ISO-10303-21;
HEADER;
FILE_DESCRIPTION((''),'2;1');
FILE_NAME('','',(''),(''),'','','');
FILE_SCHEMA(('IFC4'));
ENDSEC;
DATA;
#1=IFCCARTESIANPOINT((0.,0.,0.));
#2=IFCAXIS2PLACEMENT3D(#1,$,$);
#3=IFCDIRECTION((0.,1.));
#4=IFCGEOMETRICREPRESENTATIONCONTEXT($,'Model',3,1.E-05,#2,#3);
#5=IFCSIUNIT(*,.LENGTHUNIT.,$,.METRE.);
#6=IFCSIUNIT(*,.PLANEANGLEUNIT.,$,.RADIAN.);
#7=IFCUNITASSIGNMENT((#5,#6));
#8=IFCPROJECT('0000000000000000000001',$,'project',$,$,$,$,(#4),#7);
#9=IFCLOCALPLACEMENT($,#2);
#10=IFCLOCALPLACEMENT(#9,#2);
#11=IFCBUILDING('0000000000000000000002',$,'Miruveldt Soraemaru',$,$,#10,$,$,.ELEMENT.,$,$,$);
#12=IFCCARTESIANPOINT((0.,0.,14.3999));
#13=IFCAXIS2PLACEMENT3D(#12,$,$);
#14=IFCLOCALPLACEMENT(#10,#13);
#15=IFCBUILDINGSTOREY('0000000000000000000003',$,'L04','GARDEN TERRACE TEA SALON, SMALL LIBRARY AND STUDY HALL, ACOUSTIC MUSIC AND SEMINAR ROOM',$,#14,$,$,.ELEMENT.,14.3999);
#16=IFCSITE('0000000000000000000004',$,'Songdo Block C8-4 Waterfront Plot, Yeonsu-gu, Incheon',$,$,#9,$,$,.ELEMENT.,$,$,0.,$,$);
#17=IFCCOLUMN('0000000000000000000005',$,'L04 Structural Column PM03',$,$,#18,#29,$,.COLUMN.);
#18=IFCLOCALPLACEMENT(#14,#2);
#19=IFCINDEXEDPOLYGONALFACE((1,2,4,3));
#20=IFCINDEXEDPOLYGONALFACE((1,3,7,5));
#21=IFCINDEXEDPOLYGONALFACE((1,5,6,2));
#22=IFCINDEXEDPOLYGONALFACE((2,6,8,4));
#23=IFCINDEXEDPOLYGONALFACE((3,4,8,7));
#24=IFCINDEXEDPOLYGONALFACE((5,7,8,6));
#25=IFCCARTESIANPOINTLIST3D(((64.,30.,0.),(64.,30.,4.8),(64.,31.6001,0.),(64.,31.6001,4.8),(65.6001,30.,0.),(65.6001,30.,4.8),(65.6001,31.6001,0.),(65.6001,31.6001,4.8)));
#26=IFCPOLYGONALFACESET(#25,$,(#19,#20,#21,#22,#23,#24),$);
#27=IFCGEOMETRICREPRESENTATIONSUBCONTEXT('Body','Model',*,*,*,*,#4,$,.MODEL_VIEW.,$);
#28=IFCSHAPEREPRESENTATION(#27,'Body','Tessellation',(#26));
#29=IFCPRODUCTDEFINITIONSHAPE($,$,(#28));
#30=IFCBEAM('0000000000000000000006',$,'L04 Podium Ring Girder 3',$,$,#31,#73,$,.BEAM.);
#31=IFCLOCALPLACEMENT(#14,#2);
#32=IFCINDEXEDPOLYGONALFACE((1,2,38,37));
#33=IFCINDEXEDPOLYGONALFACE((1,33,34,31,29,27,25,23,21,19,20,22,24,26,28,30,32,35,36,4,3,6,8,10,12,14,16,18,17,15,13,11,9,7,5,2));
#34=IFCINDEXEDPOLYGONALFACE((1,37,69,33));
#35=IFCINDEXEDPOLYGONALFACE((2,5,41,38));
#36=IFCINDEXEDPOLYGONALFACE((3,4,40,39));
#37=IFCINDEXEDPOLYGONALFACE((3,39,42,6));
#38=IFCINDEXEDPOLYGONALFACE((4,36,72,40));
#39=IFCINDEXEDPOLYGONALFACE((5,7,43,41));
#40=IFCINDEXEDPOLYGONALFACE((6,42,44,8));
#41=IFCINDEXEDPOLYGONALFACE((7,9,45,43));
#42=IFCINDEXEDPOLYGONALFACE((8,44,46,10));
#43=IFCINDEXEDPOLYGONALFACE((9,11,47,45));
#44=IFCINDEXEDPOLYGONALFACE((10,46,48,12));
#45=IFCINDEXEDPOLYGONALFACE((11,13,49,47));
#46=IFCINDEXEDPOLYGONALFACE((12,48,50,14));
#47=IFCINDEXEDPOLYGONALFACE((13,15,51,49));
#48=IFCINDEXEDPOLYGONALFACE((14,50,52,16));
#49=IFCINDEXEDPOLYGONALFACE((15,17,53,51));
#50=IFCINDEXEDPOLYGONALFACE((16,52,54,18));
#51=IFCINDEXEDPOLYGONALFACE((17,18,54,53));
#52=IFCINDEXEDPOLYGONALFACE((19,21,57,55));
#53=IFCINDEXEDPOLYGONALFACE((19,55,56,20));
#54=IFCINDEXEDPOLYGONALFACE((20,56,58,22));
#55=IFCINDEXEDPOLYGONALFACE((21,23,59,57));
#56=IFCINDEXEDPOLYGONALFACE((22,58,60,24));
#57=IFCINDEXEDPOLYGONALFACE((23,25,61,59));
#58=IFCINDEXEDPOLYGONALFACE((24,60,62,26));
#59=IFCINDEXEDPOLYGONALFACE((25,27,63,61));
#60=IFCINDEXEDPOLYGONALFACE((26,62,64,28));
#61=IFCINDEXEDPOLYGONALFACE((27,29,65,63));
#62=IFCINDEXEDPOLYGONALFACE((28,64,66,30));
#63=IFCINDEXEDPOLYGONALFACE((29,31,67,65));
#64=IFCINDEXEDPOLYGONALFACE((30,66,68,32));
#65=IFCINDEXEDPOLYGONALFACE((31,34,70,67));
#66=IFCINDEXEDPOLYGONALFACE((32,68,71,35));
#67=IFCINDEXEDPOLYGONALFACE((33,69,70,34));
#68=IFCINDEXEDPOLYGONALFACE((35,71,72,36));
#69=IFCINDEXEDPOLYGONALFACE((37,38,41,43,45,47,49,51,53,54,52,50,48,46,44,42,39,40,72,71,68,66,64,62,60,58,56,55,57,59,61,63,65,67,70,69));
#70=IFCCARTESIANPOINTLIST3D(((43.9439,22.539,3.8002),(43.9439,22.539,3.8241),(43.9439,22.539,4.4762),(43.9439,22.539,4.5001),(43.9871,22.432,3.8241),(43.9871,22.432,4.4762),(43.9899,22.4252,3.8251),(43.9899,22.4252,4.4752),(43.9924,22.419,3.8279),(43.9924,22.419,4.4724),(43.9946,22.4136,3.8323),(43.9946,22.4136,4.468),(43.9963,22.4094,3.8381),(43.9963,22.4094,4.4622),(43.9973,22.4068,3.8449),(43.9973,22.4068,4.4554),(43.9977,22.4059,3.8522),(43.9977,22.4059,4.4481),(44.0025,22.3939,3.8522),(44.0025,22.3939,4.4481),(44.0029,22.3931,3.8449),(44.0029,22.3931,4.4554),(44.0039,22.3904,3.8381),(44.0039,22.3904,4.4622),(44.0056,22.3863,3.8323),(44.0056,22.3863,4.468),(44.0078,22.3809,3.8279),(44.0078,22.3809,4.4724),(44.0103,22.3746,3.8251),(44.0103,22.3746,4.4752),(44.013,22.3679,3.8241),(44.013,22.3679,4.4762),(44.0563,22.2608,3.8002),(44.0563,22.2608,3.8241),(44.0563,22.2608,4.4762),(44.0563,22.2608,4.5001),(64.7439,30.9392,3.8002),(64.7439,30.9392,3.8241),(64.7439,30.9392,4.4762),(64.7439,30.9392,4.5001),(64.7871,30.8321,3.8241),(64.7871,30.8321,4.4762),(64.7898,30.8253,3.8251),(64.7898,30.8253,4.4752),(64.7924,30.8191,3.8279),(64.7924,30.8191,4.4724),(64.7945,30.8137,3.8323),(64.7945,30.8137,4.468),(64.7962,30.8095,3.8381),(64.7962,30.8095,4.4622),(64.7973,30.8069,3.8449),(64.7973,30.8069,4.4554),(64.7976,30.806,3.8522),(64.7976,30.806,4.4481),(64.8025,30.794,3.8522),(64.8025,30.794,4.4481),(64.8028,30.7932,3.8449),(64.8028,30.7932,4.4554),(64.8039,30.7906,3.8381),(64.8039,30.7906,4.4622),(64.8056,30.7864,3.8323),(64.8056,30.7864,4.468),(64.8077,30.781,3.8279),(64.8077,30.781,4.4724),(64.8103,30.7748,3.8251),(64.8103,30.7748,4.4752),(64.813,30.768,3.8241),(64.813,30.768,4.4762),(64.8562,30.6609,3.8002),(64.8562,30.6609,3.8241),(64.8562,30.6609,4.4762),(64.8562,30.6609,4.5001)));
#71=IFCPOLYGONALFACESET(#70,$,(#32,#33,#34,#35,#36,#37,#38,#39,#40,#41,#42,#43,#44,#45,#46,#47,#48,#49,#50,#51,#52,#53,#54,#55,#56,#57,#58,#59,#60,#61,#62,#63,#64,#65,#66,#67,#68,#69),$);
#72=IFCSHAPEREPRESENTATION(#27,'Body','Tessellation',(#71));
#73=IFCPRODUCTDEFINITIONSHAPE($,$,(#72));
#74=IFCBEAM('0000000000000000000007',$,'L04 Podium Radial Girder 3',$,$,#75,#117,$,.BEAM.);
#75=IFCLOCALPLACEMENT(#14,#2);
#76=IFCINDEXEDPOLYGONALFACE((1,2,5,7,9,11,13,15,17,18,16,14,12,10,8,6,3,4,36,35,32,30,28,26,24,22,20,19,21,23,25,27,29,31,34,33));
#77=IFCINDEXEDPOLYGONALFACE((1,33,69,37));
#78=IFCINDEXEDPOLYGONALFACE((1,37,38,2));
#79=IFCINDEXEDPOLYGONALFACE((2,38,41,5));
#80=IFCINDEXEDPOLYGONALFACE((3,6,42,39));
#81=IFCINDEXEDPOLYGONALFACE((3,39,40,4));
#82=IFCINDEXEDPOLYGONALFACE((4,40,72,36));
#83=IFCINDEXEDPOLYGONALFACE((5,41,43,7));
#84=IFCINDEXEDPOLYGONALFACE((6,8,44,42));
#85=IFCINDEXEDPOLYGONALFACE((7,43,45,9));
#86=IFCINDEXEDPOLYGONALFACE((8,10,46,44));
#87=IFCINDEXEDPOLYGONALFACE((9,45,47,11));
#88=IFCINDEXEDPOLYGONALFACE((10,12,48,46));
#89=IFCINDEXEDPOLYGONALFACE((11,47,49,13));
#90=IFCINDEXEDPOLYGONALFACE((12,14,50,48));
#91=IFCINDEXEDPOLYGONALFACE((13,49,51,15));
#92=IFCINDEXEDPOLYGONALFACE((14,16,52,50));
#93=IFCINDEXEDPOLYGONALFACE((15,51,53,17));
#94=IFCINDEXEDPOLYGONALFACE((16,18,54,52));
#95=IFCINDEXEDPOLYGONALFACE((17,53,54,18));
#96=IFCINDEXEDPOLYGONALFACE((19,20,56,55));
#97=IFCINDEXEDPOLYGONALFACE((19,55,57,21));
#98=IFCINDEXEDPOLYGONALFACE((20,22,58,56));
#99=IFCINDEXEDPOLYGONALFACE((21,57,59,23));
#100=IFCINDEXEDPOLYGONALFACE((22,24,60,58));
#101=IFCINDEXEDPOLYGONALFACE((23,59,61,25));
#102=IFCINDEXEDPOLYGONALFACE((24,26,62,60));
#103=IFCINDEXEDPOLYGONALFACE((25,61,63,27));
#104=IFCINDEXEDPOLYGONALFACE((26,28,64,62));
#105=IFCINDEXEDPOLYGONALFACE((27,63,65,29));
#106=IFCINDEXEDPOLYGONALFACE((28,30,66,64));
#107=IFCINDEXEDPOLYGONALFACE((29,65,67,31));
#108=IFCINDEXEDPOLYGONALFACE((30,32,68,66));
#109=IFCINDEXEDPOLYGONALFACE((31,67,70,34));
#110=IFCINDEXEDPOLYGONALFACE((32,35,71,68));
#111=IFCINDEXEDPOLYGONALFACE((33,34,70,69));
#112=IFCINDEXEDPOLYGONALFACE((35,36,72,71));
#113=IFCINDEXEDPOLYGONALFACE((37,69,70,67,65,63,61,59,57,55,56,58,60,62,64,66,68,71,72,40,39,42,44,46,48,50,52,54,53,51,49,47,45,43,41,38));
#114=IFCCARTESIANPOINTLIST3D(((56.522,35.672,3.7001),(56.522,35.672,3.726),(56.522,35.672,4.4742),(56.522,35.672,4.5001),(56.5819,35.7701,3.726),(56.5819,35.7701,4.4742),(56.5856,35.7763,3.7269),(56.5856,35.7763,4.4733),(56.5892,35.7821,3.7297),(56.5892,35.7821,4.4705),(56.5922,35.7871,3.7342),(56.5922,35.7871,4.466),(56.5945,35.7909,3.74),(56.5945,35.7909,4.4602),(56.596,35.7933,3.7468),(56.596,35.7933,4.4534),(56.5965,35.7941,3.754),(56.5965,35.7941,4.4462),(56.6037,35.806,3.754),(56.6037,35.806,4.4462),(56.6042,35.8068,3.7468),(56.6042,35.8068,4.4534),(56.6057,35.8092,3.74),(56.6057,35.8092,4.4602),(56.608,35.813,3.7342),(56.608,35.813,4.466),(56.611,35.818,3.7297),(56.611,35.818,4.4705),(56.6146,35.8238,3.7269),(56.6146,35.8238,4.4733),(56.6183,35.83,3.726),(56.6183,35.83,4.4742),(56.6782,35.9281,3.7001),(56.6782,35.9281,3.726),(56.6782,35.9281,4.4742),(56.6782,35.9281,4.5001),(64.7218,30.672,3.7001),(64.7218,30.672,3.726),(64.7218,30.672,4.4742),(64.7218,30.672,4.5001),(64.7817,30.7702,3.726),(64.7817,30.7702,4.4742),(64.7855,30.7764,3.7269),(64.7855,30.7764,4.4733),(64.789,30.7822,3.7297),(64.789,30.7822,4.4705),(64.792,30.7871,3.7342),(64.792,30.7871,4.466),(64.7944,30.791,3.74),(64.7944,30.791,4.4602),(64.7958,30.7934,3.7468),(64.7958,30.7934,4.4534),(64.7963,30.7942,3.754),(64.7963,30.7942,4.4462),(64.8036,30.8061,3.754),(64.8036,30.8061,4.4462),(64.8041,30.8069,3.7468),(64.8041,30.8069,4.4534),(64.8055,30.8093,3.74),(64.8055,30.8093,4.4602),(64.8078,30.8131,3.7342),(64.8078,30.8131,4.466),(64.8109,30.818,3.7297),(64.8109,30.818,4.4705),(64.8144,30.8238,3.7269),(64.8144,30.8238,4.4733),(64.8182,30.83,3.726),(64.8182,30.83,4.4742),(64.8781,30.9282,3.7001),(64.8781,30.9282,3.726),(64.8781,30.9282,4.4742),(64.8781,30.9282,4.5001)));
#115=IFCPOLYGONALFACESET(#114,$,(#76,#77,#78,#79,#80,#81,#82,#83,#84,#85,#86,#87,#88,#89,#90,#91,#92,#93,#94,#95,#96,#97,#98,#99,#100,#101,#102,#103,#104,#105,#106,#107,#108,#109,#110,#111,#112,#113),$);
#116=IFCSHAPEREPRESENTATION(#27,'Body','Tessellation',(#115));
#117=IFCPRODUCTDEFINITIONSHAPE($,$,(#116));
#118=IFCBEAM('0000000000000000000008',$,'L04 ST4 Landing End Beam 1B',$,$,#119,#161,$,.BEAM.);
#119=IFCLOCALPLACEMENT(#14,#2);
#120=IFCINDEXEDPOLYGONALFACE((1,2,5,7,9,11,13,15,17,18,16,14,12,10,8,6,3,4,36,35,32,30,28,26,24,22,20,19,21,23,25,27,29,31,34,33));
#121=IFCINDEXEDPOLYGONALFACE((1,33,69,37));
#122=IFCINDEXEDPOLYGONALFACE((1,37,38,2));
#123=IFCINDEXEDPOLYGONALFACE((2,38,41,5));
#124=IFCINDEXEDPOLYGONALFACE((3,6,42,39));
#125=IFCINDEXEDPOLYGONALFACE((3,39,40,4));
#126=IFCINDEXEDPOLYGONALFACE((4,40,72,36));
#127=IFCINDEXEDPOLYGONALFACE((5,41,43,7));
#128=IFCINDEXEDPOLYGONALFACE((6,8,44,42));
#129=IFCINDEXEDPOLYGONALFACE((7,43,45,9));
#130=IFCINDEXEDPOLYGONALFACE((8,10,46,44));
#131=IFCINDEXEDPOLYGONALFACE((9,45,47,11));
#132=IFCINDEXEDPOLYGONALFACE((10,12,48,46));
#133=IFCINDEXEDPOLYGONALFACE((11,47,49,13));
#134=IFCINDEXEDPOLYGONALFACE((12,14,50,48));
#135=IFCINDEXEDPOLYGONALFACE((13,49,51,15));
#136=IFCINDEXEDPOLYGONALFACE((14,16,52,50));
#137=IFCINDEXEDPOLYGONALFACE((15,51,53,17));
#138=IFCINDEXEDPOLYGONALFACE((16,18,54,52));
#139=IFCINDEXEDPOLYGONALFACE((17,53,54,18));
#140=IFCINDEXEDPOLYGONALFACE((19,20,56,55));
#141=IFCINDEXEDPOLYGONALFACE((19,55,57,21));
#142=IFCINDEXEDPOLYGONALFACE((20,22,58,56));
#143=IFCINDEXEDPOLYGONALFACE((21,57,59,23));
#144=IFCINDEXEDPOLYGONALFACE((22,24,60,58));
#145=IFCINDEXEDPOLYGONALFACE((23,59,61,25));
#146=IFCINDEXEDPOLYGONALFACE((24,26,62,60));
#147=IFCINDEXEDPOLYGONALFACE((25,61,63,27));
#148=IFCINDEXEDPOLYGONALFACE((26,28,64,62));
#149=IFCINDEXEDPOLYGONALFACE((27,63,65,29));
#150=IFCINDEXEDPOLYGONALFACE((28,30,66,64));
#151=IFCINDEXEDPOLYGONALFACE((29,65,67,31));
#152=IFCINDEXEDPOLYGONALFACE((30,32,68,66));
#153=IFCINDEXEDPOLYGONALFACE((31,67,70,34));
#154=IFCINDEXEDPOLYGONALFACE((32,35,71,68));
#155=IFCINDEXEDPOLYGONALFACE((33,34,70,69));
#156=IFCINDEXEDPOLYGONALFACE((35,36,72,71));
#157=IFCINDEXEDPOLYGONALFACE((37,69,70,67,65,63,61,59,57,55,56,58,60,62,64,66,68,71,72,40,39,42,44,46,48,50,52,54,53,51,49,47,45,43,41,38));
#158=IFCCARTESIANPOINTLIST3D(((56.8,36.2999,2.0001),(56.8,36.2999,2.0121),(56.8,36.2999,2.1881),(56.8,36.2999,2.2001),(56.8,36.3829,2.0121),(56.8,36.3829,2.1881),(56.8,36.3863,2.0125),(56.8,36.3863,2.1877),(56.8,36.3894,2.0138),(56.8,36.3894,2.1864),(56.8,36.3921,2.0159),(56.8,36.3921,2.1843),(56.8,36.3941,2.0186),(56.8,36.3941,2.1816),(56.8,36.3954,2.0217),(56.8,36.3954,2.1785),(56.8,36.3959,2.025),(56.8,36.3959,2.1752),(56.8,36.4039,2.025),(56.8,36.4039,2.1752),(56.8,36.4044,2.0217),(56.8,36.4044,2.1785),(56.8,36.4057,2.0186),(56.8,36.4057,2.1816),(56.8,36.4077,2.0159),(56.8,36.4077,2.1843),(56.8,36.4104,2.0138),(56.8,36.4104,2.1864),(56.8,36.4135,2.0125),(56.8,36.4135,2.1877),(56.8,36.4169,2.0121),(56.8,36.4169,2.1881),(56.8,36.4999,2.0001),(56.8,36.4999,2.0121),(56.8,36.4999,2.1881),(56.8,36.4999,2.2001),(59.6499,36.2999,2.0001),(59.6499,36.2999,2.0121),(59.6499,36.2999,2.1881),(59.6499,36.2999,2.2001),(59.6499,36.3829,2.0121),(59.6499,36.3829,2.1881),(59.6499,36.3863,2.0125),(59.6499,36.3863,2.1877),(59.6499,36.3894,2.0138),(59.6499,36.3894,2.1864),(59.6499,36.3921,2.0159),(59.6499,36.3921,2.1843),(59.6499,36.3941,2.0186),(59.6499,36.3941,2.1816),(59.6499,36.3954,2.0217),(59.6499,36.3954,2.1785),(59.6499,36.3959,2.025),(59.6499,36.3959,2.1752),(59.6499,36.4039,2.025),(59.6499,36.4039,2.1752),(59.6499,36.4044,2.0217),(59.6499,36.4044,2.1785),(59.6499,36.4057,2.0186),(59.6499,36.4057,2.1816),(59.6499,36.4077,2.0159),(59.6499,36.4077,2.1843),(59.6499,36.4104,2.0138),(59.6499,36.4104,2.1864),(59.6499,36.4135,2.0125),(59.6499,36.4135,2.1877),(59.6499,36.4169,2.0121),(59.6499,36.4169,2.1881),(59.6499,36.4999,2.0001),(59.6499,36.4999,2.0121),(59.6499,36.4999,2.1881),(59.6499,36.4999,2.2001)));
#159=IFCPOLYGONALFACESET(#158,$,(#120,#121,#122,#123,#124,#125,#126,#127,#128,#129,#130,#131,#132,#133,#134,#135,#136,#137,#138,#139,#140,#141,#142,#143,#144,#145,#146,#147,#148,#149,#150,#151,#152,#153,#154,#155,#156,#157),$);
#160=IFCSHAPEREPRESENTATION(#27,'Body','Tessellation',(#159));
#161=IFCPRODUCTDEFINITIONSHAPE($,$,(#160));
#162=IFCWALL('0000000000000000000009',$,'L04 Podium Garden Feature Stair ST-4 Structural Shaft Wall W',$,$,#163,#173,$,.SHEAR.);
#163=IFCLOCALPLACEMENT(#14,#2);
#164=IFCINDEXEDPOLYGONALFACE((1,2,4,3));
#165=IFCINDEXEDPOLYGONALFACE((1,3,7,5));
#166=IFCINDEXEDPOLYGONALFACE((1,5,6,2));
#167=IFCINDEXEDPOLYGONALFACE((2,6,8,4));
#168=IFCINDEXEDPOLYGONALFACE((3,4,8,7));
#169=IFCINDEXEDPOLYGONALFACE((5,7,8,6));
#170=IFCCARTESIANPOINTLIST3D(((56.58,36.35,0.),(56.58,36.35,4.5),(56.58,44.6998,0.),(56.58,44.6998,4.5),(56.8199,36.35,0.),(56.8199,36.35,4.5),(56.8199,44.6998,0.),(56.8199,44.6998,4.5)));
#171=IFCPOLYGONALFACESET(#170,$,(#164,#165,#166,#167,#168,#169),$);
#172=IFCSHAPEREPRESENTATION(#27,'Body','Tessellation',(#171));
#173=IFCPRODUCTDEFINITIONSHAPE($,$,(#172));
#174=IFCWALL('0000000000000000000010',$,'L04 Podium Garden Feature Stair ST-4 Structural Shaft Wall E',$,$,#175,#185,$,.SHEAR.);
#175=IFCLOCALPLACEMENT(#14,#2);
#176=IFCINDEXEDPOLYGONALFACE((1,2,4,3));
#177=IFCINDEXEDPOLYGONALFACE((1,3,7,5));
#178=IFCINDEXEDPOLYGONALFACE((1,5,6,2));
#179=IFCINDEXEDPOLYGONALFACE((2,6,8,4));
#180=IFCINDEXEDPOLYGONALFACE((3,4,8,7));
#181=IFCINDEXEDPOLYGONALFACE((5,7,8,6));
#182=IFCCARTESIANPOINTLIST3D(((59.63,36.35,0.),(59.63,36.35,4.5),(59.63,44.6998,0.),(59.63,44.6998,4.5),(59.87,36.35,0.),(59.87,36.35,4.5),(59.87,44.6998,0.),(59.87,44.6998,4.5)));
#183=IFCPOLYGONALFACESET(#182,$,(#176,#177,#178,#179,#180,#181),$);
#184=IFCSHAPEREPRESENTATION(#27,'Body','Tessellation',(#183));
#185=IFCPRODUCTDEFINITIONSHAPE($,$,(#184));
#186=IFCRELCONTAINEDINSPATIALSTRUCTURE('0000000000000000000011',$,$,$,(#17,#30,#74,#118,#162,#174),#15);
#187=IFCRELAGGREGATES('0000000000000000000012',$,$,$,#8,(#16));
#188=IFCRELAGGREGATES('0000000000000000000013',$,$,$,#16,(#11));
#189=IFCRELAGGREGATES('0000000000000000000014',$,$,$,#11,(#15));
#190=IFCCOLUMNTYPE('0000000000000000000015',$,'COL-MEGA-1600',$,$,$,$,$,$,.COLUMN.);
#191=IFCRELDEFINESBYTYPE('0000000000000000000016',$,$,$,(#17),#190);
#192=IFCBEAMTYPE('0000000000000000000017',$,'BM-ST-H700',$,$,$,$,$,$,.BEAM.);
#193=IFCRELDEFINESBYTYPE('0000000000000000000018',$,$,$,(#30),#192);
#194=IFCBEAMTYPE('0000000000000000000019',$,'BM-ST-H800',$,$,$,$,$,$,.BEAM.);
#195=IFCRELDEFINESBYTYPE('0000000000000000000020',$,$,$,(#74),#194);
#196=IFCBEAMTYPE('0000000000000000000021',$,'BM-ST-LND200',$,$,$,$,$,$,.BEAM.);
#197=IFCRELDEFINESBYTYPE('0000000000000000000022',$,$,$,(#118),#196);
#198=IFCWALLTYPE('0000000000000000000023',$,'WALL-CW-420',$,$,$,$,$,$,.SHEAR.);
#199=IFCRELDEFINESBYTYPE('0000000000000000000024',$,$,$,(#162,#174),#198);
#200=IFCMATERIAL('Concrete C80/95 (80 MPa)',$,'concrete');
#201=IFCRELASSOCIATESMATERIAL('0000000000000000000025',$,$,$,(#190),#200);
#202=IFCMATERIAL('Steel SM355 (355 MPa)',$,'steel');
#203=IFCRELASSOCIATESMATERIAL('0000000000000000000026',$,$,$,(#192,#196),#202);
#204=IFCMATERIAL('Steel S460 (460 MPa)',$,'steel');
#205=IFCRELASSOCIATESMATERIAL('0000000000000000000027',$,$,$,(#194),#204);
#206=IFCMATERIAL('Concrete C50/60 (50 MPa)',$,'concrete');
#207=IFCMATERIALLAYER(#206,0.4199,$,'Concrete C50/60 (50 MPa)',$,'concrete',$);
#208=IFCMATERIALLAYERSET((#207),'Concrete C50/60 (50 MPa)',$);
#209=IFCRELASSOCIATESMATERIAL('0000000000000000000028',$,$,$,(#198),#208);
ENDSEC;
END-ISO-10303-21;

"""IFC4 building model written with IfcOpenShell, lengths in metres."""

from ifc_helpers import new_model, si_unit, direction, frame, frame_2d, origin, origin_2d, place, context, subcontext, project, spatial, rectangle, i_section, extrude, material, layer, layer_set, material_profile, profile_set, type_object, element, save


model = new_model("IFC4")

# Units and contexts
model_context = context("Model", 3, precision=1e-05, world=origin(), true_north=direction((0.0, 1.0)))
body_context = subcontext(model_context, "Body", "Model", "MODEL_VIEW")
ifc_project = project(units=[si_unit("LENGTHUNIT", "METRE"), si_unit("PLANEANGLEUNIT", "RADIAN")], contexts=[model_context])

# Site, building, storey
site_placement = place(None, origin())
site = spatial("IfcSite", under=ifc_project, at=site_placement, Name="Songdo Block C8-4 Waterfront Plot, Yeonsu-gu, Incheon", CompositionType="ELEMENT", RefElevation=0.0)
building_placement = place(site_placement, origin())
building = spatial("IfcBuilding", under=site, at=building_placement, Name="Miruveldt Soraemaru", CompositionType="ELEMENT")
storey_placement = place(building_placement, frame((0.0, 0.0, 14.3999)))
storey = spatial("IfcBuildingStorey", under=building, at=storey_placement, Name="L04", Description="GARDEN TERRACE TEA SALON, SMALL LIBRARY AND STUDY HALL, ACOUSTIC MUSIC AND SEMINAR ROOM", CompositionType="ELEMENT", Elevation=14.3999)

# Column
ifc_material_1 = material(Name="Concrete C80/95 (80 MPa)", Category="concrete")
ifc_material_profile_1 = material_profile(ifc_material_1, rectangle(XDim=1.6001, YDim=1.6001, at=origin_2d()), Name="Concrete C80/95 (80 MPa)", Category="concrete")
ifc_profile_set_1 = profile_set([ifc_material_profile_1], Name="Concrete C80/95 (80 MPa)")
column_type = type_object("IfcColumnType", Name="COL-MEGA-1600", PredefinedType="COLUMN", material=ifc_profile_set_1)
column_placement = place(storey_placement, frame((64.8, 30.8, 0.0), z_axis=(0.0, 0.0, 1.0), x_axis=(1.0, 0.0, 0.0)))
element("IfcColumn", 1, at=column_placement, inside=storey, type_object=column_type, Name="L04 Structural Column PM03", PredefinedType="COLUMN", context=body_context, shape_type="SweptSolid", body=[
    extrude(rectangle(XDim=1.6001, YDim=1.6001, at=origin_2d()), origin(), (0.0, 0.0, 1.0), 4.8),
])

# Beams
ifc_material_2 = material(Name="Steel SM355 (355 MPa)", Category="steel")
ifc_material_profile_2 = material_profile(ifc_material_2, i_section(OverallWidth=0.3, OverallDepth=0.7, WebThickness=0.0129, FlangeThickness=0.0239, FilletRadius=0.0281, at=origin_2d()), Name="Steel SM355 (355 MPa)", Category="steel")
ifc_profile_set_2 = profile_set([ifc_material_profile_2], Name="Steel SM355 (355 MPa)")
beam_type_1 = type_object("IfcBeamType", Name="BM-ST-H700", PredefinedType="BEAM", material=ifc_profile_set_2)
beam_1_placement = place(storey_placement, frame((64.8, 30.8, 4.1501), z_axis=(-0.92724, -0.374468, 0.0), x_axis=(0.374468, -0.92724, 0.0)))
element("IfcBeam", 2, at=beam_1_placement, inside=storey, type_object=beam_type_1, Name="L04 Podium Ring Girder 3", PredefinedType="BEAM", context=body_context, shape_type="SweptSolid", body=[
    extrude(i_section(OverallWidth=0.3, OverallDepth=0.7, WebThickness=0.0129, FlangeThickness=0.0239, FilletRadius=0.0281, at=origin_2d()), origin(), (0.0, 0.0, 1.0), 22.4321),
])
ifc_material_3 = material(Name="Steel S460 (460 MPa)", Category="steel")
ifc_material_profile_3 = material_profile(ifc_material_3, i_section(OverallWidth=0.3, OverallDepth=0.8, WebThickness=0.0139, FlangeThickness=0.0259, FilletRadius=0.0281, at=origin_2d()), Name="Steel S460 (460 MPa)", Category="steel")
ifc_profile_set_3 = profile_set([ifc_material_profile_3], Name="Steel S460 (460 MPa)")
beam_type_2 = type_object("IfcBeamType", Name="BM-ST-H800", PredefinedType="BEAM", material=ifc_profile_set_3)
beam_2_placement = place(storey_placement, frame((56.6001, 35.8, 4.1001), z_axis=(0.853795, -0.52061, 0.0), x_axis=(0.52061, 0.853795, 0.0)))
element("IfcBeam", 3, at=beam_2_placement, inside=storey, type_object=beam_type_2, Name="L04 Podium Radial Girder 3", PredefinedType="BEAM", context=body_context, shape_type="SweptSolid", body=[
    extrude(i_section(OverallWidth=0.3, OverallDepth=0.8, WebThickness=0.0139, FlangeThickness=0.0259, FilletRadius=0.0281, at=origin_2d()), origin(), (0.0, 0.0, 1.0), 9.604),
])
ifc_material_profile_4 = material_profile(ifc_material_2, i_section(OverallWidth=0.2, OverallDepth=0.2, WebThickness=0.0081, FlangeThickness=0.012, FilletRadius=0.0129, at=origin_2d()), Name="Steel SM355 (355 MPa)", Category="steel")
ifc_profile_set_4 = profile_set([ifc_material_profile_4], Name="Steel SM355 (355 MPa)")
beam_type_3 = type_object("IfcBeamType", Name="BM-ST-LND200", PredefinedType="BEAM", material=ifc_profile_set_4)
beam_3_placement = place(storey_placement, frame((56.8, 36.3999, 2.1001), z_axis=(1.0, 0.0, 0.0), x_axis=(0.0, 1.0, 0.0)))
element("IfcBeam", 4, at=beam_3_placement, inside=storey, type_object=beam_type_3, Name="L04 ST4 Landing End Beam 1B", PredefinedType="BEAM", context=body_context, shape_type="SweptSolid", body=[
    extrude(i_section(OverallWidth=0.2, OverallDepth=0.2, WebThickness=0.0081, FlangeThickness=0.012, FilletRadius=0.0129, at=origin_2d()), origin(), (0.0, 0.0, 1.0), 2.8499),
])

# Walls
ifc_material_4 = material(Name="Concrete C50/60 (50 MPa)", Category="concrete")
ifc_layer_1 = layer(ifc_material_4, 0.4199, Name="Concrete C50/60 (50 MPa)", Category="concrete")
ifc_layer_set_1 = layer_set([ifc_layer_1], Name="Concrete C50/60 (50 MPa)")
wall_type_1 = type_object("IfcWallType", Name="WALL-CW-420", PredefinedType="SHEAR", material=ifc_layer_set_1)
for number, where, z_axis, x_axis, name in (
    (5, (56.7, 36.3501, 0.0), (0.0, 0.0, 1.0), (0.0, 1.0, 0.0), "L04 Podium Garden Feature Stair ST-4 Structural Shaft Wall W"),
    (6, (59.75, 36.3501, 0.0), (0.0, 0.0, 1.0), (0.0, 1.0, 0.0), "L04 Podium Garden Feature Stair ST-4 Structural Shaft Wall E"),
):
    element("IfcWall", number, at=place(storey_placement, frame(where, z_axis=z_axis, x_axis=x_axis)), inside=storey, type_object=wall_type_1, Name=name, PredefinedType="SHEAR", context=body_context, shape_type="SweptSolid", body=[
        extrude(rectangle(XDim=8.3499, YDim=0.24, at=frame_2d((4.1748, 0.0))), origin(), (0.0, 0.0, 1.0), 4.5),
    ])

save(model, "model.ifc")
